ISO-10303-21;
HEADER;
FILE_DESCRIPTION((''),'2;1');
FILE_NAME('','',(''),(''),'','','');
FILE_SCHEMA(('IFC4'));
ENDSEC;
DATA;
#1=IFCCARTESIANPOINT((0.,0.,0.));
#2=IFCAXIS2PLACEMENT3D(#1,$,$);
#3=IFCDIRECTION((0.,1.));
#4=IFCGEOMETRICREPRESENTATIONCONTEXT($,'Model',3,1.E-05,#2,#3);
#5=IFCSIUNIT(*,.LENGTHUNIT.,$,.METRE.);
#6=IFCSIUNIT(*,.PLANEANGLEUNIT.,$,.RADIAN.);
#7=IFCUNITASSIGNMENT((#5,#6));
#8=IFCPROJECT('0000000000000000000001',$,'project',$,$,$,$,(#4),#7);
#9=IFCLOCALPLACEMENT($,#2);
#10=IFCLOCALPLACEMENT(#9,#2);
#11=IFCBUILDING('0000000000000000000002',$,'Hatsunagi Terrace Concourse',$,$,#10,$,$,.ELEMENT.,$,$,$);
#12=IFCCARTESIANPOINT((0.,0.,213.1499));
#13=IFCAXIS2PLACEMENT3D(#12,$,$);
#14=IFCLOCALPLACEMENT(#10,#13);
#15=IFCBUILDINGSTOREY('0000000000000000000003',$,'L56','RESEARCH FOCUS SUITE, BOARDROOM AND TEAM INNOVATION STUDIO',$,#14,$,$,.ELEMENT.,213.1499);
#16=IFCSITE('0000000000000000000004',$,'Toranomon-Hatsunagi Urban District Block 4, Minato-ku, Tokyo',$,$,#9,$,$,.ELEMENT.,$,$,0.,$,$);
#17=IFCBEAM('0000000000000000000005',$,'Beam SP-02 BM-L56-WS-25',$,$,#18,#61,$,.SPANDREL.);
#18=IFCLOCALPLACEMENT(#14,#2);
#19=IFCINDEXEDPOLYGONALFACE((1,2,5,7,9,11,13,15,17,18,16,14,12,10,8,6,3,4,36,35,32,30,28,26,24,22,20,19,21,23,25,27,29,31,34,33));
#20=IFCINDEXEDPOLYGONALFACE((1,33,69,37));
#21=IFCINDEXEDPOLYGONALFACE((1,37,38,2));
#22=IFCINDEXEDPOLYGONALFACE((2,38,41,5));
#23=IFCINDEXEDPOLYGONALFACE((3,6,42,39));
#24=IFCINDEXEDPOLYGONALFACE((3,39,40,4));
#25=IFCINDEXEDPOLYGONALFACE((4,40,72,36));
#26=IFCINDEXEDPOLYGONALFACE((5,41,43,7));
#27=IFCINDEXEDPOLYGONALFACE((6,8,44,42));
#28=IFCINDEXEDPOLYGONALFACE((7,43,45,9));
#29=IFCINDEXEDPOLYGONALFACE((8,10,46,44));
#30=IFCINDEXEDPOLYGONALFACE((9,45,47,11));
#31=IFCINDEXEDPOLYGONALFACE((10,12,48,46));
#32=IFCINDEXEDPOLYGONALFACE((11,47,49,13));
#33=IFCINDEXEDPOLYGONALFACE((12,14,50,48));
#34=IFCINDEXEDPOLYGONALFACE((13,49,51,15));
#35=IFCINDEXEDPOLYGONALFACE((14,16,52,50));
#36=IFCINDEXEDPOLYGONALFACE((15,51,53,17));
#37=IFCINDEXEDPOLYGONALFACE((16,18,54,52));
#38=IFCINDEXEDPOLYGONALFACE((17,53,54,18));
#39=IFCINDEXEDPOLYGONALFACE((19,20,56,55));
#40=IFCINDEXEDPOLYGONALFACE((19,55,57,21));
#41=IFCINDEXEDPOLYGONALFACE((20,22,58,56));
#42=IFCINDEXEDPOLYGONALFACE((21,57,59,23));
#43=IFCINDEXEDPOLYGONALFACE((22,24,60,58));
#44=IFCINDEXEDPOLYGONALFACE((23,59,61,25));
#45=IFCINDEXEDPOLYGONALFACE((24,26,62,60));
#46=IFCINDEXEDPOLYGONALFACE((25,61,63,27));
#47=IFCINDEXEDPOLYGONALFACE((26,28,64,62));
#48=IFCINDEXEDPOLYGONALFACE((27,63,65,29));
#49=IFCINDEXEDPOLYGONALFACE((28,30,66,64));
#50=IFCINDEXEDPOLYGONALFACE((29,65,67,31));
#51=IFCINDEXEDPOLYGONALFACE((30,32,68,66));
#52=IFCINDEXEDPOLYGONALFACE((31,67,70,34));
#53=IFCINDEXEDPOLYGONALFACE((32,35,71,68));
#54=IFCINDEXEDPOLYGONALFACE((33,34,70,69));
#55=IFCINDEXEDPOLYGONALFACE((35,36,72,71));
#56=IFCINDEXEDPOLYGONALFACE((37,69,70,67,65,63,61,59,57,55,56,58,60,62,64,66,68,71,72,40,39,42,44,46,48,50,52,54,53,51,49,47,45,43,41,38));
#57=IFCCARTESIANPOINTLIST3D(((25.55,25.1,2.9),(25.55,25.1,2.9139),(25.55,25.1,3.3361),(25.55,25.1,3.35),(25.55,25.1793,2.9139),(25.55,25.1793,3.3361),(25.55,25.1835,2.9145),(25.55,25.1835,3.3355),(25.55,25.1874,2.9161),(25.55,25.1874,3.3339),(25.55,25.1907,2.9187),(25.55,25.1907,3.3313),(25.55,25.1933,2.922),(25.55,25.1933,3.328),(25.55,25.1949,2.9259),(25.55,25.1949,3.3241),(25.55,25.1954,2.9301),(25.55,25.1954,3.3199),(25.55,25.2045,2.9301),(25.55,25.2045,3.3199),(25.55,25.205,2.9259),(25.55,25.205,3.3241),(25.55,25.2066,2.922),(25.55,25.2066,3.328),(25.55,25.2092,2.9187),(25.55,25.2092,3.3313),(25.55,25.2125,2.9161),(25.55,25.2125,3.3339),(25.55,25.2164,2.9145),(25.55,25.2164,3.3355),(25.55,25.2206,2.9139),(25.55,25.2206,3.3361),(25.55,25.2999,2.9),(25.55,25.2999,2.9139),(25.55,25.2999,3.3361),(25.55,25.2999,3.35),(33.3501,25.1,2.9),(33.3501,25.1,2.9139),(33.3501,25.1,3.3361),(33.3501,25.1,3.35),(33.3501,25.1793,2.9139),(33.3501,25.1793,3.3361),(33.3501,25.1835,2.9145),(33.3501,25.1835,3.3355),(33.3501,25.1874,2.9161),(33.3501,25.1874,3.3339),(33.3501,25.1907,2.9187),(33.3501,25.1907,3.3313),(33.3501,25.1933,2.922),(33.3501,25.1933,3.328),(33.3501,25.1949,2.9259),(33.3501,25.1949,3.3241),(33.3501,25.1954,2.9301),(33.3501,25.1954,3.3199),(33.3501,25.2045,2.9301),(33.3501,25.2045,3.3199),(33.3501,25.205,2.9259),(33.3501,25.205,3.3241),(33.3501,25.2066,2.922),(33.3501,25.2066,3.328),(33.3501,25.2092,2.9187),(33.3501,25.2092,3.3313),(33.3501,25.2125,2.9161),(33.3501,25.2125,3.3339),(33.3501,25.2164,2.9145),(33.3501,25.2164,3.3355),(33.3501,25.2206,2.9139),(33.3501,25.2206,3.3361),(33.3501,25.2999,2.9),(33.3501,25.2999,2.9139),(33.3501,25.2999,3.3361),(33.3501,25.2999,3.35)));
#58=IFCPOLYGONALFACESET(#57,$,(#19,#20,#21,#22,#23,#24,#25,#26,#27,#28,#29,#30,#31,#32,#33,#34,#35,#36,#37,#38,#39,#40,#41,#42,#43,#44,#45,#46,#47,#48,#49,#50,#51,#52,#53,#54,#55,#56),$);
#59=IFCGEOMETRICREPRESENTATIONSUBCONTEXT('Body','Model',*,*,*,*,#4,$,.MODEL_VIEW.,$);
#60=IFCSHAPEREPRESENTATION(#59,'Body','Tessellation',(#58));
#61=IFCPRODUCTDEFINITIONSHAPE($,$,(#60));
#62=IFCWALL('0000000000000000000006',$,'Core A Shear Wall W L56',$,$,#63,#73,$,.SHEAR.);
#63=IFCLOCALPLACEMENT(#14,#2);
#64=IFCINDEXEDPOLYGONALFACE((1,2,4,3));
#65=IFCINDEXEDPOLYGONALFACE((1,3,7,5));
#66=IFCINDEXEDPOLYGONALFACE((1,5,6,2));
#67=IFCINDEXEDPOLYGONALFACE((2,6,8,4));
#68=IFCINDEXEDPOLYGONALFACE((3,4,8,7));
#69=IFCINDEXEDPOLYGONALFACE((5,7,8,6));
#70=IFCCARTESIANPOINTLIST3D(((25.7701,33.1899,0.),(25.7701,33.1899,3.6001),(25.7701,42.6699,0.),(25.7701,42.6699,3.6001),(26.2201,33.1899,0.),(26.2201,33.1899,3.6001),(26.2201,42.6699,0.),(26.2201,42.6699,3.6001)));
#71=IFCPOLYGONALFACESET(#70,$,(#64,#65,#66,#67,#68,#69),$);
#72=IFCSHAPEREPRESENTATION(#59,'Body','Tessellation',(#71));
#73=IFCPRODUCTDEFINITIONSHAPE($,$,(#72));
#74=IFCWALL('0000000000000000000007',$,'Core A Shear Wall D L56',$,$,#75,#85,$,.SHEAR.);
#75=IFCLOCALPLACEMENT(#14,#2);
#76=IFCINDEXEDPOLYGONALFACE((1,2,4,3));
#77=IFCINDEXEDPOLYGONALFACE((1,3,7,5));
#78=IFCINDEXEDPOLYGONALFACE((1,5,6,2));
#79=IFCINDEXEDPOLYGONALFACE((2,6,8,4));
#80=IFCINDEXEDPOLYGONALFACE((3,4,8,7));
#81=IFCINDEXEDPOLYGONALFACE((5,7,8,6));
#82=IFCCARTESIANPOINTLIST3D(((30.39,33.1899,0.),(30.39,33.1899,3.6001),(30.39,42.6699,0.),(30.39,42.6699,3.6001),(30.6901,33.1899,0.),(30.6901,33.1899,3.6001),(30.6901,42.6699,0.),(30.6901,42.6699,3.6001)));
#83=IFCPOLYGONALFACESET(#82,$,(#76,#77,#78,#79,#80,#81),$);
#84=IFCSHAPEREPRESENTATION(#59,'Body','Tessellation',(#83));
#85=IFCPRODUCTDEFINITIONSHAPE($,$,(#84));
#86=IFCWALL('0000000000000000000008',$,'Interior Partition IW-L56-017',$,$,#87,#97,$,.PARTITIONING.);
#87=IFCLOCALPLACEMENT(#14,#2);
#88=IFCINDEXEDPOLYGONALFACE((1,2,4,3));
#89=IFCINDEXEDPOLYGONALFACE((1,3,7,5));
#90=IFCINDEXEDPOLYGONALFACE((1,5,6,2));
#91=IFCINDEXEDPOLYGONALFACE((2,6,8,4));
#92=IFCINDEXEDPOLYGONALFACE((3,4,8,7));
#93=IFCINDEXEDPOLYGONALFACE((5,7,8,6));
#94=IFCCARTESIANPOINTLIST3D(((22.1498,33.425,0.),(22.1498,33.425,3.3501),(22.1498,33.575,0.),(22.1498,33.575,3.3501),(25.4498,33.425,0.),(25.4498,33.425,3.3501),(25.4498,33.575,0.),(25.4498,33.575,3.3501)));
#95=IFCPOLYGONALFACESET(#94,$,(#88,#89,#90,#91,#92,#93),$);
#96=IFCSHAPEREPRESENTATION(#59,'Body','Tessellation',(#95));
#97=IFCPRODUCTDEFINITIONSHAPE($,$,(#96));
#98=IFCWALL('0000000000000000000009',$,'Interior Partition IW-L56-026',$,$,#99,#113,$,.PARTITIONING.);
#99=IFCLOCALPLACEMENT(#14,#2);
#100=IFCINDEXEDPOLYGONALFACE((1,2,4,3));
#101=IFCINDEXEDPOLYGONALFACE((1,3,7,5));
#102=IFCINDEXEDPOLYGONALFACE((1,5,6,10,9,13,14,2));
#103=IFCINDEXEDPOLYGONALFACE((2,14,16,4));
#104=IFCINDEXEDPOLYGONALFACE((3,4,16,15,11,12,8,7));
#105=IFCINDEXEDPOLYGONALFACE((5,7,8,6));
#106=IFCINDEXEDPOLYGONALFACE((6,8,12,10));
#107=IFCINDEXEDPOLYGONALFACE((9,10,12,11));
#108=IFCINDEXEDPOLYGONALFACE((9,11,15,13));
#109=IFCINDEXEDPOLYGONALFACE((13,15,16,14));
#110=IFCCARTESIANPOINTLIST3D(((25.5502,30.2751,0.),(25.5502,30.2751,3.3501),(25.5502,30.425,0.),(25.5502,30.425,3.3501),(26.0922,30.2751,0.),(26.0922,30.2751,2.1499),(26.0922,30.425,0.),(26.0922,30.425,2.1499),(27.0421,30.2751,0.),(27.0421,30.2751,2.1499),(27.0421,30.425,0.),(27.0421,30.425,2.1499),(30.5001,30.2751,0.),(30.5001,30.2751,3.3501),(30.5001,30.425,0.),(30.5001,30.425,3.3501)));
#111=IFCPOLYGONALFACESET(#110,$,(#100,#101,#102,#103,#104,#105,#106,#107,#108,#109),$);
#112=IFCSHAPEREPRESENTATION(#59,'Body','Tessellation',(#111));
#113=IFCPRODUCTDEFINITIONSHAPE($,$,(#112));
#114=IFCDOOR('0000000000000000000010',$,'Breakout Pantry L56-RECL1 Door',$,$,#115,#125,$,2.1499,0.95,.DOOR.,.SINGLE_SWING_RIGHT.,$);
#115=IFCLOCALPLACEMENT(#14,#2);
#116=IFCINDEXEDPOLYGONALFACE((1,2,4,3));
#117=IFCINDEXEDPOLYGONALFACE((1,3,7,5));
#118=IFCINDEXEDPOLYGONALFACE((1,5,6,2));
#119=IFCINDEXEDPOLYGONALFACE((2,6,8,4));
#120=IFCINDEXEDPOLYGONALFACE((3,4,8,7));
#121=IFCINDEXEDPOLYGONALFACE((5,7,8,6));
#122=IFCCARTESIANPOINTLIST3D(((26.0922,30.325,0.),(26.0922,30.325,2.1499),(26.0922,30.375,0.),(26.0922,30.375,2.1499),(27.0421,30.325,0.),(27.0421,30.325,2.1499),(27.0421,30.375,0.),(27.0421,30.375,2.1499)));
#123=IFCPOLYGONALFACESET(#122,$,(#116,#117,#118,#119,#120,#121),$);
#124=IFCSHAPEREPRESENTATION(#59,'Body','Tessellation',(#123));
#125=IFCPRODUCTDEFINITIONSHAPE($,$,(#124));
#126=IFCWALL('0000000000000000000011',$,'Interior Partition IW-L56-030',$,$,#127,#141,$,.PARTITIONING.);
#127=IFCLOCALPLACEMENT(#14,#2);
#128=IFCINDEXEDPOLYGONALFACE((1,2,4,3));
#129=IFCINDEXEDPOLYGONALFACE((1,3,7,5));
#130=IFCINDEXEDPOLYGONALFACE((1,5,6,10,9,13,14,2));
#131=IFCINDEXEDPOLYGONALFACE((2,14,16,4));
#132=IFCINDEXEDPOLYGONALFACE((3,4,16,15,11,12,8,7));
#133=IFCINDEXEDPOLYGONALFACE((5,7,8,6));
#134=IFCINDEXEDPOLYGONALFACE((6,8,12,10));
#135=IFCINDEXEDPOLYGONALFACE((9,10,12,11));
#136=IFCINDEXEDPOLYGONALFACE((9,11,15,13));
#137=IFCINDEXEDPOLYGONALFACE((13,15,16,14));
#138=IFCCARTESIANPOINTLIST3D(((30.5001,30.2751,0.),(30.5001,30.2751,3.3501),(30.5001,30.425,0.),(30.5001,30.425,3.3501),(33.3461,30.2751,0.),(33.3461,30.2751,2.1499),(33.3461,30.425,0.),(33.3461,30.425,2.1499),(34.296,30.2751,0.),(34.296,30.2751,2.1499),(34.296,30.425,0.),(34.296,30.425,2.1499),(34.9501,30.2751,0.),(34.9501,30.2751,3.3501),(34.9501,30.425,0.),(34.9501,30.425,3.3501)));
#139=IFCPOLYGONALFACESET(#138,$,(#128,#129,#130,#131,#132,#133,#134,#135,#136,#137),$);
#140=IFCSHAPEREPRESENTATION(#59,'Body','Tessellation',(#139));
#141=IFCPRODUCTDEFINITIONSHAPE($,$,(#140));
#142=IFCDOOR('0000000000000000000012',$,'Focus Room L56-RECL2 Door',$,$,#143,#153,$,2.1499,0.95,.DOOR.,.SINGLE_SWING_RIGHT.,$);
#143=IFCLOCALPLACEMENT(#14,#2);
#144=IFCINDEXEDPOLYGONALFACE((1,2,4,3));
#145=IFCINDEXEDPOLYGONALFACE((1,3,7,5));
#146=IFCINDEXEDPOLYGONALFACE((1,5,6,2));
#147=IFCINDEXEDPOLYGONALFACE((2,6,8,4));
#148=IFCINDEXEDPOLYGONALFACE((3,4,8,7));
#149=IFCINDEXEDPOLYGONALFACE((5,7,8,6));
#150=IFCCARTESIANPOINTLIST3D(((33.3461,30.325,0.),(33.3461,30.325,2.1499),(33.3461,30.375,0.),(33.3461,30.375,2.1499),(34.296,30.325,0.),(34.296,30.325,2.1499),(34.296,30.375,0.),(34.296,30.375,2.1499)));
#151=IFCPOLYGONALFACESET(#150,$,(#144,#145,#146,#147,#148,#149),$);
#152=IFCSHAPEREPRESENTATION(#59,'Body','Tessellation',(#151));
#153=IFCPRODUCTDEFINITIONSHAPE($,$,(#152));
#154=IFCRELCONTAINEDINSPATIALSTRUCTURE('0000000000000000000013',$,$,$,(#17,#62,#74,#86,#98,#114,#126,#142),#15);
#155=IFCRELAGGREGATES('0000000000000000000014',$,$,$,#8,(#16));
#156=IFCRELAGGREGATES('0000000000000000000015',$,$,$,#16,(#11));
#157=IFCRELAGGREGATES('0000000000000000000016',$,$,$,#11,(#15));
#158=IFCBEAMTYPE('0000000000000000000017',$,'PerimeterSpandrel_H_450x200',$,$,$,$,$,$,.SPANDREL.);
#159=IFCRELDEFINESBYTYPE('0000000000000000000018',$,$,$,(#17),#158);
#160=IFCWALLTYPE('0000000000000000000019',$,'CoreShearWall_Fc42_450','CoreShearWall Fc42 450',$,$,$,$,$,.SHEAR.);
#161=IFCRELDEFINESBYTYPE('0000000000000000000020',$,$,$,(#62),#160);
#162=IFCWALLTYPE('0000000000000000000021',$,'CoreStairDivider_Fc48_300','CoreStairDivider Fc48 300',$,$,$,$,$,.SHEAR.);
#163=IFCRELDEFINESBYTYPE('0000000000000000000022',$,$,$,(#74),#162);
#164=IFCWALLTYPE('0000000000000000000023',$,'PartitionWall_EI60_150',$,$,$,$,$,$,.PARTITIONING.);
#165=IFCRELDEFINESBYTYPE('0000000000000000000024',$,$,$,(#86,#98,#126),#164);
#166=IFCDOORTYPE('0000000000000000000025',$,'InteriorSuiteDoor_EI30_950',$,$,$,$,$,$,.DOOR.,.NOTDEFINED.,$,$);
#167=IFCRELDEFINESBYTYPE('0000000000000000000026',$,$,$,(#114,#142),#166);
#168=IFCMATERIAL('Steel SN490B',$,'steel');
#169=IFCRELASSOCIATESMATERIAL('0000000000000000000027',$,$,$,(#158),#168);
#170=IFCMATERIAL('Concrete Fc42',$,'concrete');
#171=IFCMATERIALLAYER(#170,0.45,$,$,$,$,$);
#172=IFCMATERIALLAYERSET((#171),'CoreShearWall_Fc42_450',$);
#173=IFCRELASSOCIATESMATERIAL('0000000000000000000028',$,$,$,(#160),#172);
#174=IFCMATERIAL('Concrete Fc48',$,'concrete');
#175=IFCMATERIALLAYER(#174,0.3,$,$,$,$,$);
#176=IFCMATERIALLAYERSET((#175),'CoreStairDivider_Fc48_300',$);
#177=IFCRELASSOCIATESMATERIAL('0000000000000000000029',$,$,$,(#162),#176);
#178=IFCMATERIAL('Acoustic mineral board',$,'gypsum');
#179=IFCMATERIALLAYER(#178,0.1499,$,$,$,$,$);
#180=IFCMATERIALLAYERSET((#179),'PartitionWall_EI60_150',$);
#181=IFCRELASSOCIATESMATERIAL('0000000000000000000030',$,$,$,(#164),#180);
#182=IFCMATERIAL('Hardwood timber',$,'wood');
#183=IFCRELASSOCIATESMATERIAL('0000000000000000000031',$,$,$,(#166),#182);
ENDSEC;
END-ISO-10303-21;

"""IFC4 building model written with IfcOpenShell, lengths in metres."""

from ifc_helpers import new_model, si_unit, direction, frame, frame_2d, origin, origin_2d, place, context, subcontext, project, spatial, rectangle, i_section, extrude, material, layer, layer_set, material_profile, profile_set, type_object, element, fill, save


model = new_model("IFC4")

# Units and contexts
model_context = context("Model", 3, precision=1e-05, world=origin(), true_north=direction((0.0, 1.0)))
body_context = subcontext(model_context, "Body", "Model", "MODEL_VIEW")
ifc_project = project(units=[si_unit("LENGTHUNIT", "METRE"), si_unit("PLANEANGLEUNIT", "RADIAN")], contexts=[model_context])

# Site, building, storey
site_placement = place(None, origin())
site = spatial("IfcSite", under=ifc_project, at=site_placement, Name="Toranomon-Hatsunagi Urban District Block 4, Minato-ku, Tokyo", CompositionType="ELEMENT", RefElevation=0.0)
building_placement = place(site_placement, origin())
building = spatial("IfcBuilding", under=site, at=building_placement, Name="Hatsunagi Terrace Concourse", CompositionType="ELEMENT")
storey_placement = place(building_placement, frame((0.0, 0.0, 213.1499)))
storey = spatial("IfcBuildingStorey", under=building, at=storey_placement, Name="L56", Description="RESEARCH FOCUS SUITE, BOARDROOM AND TEAM INNOVATION STUDIO", CompositionType="ELEMENT", Elevation=213.1499)

# Beam
ifc_material_1 = material(Name="Steel SN490B", Category="steel")
ifc_material_profile_1 = material_profile(ifc_material_1, i_section(OverallWidth=0.2, OverallDepth=0.45, WebThickness=0.009, FlangeThickness=0.0139, FilletRadius=0.0161, at=origin_2d()), Name="H-450x200x9x14")
ifc_profile_set_1 = profile_set([ifc_material_profile_1], Name="Steel SN490B")
beam_type_1 = type_object("IfcBeamType", Name="PerimeterSpandrel_H_450x200", PredefinedType="SPANDREL", material=ifc_profile_set_1)
beam_placement = place(storey_placement, frame((25.55, 25.2, 3.125), z_axis=(1.0, 0.0, 0.0), x_axis=(0.0, 1.0, 0.0)))
element("IfcBeam", 1, at=beam_placement, inside=storey, type_object=beam_type_1, Name="Beam SP-02 BM-L56-WS-25", PredefinedType="SPANDREL", context=body_context, shape_type="SweptSolid", body=[
    extrude(i_section(OverallWidth=0.2, OverallDepth=0.45, WebThickness=0.009, FlangeThickness=0.0139, FilletRadius=0.0161, at=origin_2d()), origin(), (0.0, 0.0, 1.0), 7.8),
])

# Shared definitions
ifc_material_2 = material(Name="Concrete Fc42", Category="concrete")
ifc_layer_1 = layer(ifc_material_2, 0.45)
ifc_layer_set_1 = layer_set([ifc_layer_1], Name="CoreShearWall_Fc42_450")
wall_type_1 = type_object("IfcWallType", Name="CoreShearWall_Fc42_450", Description="CoreShearWall Fc42 450", PredefinedType="SHEAR", material=ifc_layer_set_1)

# Walls
wall_1_placement = place(storey_placement, frame((25.9951, 33.1899, 0.0), z_axis=(0.0, 0.0, 1.0), x_axis=(0.0, 1.0, 0.0)))
element("IfcWall", 2, at=wall_1_placement, inside=storey, type_object=wall_type_1, Name="Core A Shear Wall W L56", PredefinedType="SHEAR", context=body_context, shape_type="SweptSolid", body=[
    extrude(rectangle(XDim=9.48, YDim=0.45, at=frame_2d((4.74, 0.0))), origin(), (0.0, 0.0, 1.0), 3.6001),
])
ifc_material_3 = material(Name="Concrete Fc48", Category="concrete")
ifc_layer_2 = layer(ifc_material_3, 0.3)
ifc_layer_set_2 = layer_set([ifc_layer_2], Name="CoreStairDivider_Fc48_300")
wall_type_2 = type_object("IfcWallType", Name="CoreStairDivider_Fc48_300", Description="CoreStairDivider Fc48 300", PredefinedType="SHEAR", material=ifc_layer_set_2)
wall_2_placement = place(storey_placement, frame((30.54, 33.1899, 0.0), z_axis=(0.0, 0.0, 1.0), x_axis=(0.0, 1.0, 0.0)))
element("IfcWall", 3, at=wall_2_placement, inside=storey, type_object=wall_type_2, Name="Core A Shear Wall D L56", PredefinedType="SHEAR", context=body_context, shape_type="SweptSolid", body=[
    extrude(rectangle(XDim=9.48, YDim=0.3, at=frame_2d((4.74, 0.0))), origin(), (0.0, 0.0, 1.0), 3.6001),
])
ifc_material_4 = material(Name="Acoustic mineral board", Category="gypsum")
ifc_layer_3 = layer(ifc_material_4, 0.1499)
ifc_layer_set_3 = layer_set([ifc_layer_3], Name="PartitionWall_EI60_150")
wall_type_3 = type_object("IfcWallType", Name="PartitionWall_EI60_150", PredefinedType="PARTITIONING", material=ifc_layer_set_3)
wall_3_placement = place(storey_placement, frame((22.1499, 33.5, 0.0), z_axis=(0.0, 0.0, 1.0), x_axis=(1.0, 0.0, 0.0)))
element("IfcWall", 4, at=wall_3_placement, inside=storey, type_object=wall_type_3, Name="Interior Partition IW-L56-017", PredefinedType="PARTITIONING", context=body_context, shape_type="SweptSolid", body=[
    extrude(rectangle(XDim=3.3, YDim=0.1499, at=frame_2d((1.6499, 0.0))), origin(), (0.0, 0.0, 1.0), 3.3501),
])

# Walls, openings, doors
wall_4_placement = place(storey_placement, frame((25.55, 30.3501, 0.0), z_axis=(0.0, 0.0, 1.0), x_axis=(1.0, 0.0, 0.0)))
wall_4 = element("IfcWall", 5, at=wall_4_placement, inside=storey, type_object=wall_type_3, Name="Interior Partition IW-L56-026", PredefinedType="PARTITIONING", context=body_context, shape_type="SweptSolid", body=[
    extrude(rectangle(XDim=4.95, YDim=0.1499, at=frame_2d((2.4751, 0.0))), origin(), (0.0, 0.0, 1.0), 3.3501),
])
opening_1_placement = place(wall_4_placement, frame((0.542, 0.0, 0.0)))
opening_1 = element("IfcOpeningElement", 6, at=opening_1_placement, cuts=wall_4, PredefinedType="OPENING", context=body_context, shape_type="SweptSolid", body=[
    extrude(rectangle(XDim=0.95, YDim=2.1499, at=frame_2d((0.4751, 1.075))), frame((0.0, 0.085, 0.0), z_axis=(0.0, -1.0, 0.0), x_axis=(1.0, 0.0, 0.0)), (0.0, 0.0, 1.0), 0.1699),
])
ifc_material_5 = material(Name="Hardwood timber", Category="wood")
door_type_1 = type_object("IfcDoorType", Name="InteriorSuiteDoor_EI30_950", OperationType="NOTDEFINED", PredefinedType="DOOR", material=ifc_material_5)
door_1_placement = place(opening_1_placement, origin())
door_1 = element("IfcDoor", 7, at=door_1_placement, inside=storey, type_object=door_type_1, Name="Breakout Pantry L56-RECL1 Door", OperationType="SINGLE_SWING_RIGHT", OverallHeight=2.1499, OverallWidth=0.95, PredefinedType="DOOR", context=body_context, shape_type="SweptSolid", body=[
    extrude(rectangle(XDim=0.95, YDim=2.1499, at=frame_2d((0.4751, 1.075))), frame((0.0, 0.0249, 0.0), z_axis=(0.0, -1.0, 0.0), x_axis=(1.0, 0.0, 0.0)), (0.0, 0.0, 1.0), 0.05),
])
fill(opening_1, door_1)
wall_5_placement = place(storey_placement, frame((30.5, 30.3501, 0.0), z_axis=(0.0, 0.0, 1.0), x_axis=(1.0, 0.0, 0.0)))
wall_5 = element("IfcWall", 8, at=wall_5_placement, inside=storey, type_object=wall_type_3, Name="Interior Partition IW-L56-030", PredefinedType="PARTITIONING", context=body_context, shape_type="SweptSolid", body=[
    extrude(rectangle(XDim=4.45, YDim=0.1499, at=frame_2d((2.2251, 0.0))), origin(), (0.0, 0.0, 1.0), 3.3501),
])
opening_2_placement = place(wall_5_placement, frame((2.8459, 0.0, 0.0)))
opening_2 = element("IfcOpeningElement", 9, at=opening_2_placement, cuts=wall_5, PredefinedType="OPENING", context=body_context, shape_type="SweptSolid", body=[
    extrude(rectangle(XDim=0.95, YDim=2.1499, at=frame_2d((0.4751, 1.075))), frame((0.0, 0.085, 0.0), z_axis=(0.0, -1.0, 0.0), x_axis=(1.0, 0.0, 0.0)), (0.0, 0.0, 1.0), 0.1699),
])
door_2_placement = place(opening_2_placement, origin())
door_2 = element("IfcDoor", 10, at=door_2_placement, inside=storey, type_object=door_type_1, Name="Focus Room L56-RECL2 Door", OperationType="SINGLE_SWING_RIGHT", OverallHeight=2.1499, OverallWidth=0.95, PredefinedType="DOOR", context=body_context, shape_type="SweptSolid", body=[
    extrude(rectangle(XDim=0.95, YDim=2.1499, at=frame_2d((0.4751, 1.075))), frame((0.0, 0.0249, 0.0), z_axis=(0.0, -1.0, 0.0), x_axis=(1.0, 0.0, 0.0)), (0.0, 0.0, 1.0), 0.05),
])
fill(opening_2, door_2)

save(model, "model.ifc")
